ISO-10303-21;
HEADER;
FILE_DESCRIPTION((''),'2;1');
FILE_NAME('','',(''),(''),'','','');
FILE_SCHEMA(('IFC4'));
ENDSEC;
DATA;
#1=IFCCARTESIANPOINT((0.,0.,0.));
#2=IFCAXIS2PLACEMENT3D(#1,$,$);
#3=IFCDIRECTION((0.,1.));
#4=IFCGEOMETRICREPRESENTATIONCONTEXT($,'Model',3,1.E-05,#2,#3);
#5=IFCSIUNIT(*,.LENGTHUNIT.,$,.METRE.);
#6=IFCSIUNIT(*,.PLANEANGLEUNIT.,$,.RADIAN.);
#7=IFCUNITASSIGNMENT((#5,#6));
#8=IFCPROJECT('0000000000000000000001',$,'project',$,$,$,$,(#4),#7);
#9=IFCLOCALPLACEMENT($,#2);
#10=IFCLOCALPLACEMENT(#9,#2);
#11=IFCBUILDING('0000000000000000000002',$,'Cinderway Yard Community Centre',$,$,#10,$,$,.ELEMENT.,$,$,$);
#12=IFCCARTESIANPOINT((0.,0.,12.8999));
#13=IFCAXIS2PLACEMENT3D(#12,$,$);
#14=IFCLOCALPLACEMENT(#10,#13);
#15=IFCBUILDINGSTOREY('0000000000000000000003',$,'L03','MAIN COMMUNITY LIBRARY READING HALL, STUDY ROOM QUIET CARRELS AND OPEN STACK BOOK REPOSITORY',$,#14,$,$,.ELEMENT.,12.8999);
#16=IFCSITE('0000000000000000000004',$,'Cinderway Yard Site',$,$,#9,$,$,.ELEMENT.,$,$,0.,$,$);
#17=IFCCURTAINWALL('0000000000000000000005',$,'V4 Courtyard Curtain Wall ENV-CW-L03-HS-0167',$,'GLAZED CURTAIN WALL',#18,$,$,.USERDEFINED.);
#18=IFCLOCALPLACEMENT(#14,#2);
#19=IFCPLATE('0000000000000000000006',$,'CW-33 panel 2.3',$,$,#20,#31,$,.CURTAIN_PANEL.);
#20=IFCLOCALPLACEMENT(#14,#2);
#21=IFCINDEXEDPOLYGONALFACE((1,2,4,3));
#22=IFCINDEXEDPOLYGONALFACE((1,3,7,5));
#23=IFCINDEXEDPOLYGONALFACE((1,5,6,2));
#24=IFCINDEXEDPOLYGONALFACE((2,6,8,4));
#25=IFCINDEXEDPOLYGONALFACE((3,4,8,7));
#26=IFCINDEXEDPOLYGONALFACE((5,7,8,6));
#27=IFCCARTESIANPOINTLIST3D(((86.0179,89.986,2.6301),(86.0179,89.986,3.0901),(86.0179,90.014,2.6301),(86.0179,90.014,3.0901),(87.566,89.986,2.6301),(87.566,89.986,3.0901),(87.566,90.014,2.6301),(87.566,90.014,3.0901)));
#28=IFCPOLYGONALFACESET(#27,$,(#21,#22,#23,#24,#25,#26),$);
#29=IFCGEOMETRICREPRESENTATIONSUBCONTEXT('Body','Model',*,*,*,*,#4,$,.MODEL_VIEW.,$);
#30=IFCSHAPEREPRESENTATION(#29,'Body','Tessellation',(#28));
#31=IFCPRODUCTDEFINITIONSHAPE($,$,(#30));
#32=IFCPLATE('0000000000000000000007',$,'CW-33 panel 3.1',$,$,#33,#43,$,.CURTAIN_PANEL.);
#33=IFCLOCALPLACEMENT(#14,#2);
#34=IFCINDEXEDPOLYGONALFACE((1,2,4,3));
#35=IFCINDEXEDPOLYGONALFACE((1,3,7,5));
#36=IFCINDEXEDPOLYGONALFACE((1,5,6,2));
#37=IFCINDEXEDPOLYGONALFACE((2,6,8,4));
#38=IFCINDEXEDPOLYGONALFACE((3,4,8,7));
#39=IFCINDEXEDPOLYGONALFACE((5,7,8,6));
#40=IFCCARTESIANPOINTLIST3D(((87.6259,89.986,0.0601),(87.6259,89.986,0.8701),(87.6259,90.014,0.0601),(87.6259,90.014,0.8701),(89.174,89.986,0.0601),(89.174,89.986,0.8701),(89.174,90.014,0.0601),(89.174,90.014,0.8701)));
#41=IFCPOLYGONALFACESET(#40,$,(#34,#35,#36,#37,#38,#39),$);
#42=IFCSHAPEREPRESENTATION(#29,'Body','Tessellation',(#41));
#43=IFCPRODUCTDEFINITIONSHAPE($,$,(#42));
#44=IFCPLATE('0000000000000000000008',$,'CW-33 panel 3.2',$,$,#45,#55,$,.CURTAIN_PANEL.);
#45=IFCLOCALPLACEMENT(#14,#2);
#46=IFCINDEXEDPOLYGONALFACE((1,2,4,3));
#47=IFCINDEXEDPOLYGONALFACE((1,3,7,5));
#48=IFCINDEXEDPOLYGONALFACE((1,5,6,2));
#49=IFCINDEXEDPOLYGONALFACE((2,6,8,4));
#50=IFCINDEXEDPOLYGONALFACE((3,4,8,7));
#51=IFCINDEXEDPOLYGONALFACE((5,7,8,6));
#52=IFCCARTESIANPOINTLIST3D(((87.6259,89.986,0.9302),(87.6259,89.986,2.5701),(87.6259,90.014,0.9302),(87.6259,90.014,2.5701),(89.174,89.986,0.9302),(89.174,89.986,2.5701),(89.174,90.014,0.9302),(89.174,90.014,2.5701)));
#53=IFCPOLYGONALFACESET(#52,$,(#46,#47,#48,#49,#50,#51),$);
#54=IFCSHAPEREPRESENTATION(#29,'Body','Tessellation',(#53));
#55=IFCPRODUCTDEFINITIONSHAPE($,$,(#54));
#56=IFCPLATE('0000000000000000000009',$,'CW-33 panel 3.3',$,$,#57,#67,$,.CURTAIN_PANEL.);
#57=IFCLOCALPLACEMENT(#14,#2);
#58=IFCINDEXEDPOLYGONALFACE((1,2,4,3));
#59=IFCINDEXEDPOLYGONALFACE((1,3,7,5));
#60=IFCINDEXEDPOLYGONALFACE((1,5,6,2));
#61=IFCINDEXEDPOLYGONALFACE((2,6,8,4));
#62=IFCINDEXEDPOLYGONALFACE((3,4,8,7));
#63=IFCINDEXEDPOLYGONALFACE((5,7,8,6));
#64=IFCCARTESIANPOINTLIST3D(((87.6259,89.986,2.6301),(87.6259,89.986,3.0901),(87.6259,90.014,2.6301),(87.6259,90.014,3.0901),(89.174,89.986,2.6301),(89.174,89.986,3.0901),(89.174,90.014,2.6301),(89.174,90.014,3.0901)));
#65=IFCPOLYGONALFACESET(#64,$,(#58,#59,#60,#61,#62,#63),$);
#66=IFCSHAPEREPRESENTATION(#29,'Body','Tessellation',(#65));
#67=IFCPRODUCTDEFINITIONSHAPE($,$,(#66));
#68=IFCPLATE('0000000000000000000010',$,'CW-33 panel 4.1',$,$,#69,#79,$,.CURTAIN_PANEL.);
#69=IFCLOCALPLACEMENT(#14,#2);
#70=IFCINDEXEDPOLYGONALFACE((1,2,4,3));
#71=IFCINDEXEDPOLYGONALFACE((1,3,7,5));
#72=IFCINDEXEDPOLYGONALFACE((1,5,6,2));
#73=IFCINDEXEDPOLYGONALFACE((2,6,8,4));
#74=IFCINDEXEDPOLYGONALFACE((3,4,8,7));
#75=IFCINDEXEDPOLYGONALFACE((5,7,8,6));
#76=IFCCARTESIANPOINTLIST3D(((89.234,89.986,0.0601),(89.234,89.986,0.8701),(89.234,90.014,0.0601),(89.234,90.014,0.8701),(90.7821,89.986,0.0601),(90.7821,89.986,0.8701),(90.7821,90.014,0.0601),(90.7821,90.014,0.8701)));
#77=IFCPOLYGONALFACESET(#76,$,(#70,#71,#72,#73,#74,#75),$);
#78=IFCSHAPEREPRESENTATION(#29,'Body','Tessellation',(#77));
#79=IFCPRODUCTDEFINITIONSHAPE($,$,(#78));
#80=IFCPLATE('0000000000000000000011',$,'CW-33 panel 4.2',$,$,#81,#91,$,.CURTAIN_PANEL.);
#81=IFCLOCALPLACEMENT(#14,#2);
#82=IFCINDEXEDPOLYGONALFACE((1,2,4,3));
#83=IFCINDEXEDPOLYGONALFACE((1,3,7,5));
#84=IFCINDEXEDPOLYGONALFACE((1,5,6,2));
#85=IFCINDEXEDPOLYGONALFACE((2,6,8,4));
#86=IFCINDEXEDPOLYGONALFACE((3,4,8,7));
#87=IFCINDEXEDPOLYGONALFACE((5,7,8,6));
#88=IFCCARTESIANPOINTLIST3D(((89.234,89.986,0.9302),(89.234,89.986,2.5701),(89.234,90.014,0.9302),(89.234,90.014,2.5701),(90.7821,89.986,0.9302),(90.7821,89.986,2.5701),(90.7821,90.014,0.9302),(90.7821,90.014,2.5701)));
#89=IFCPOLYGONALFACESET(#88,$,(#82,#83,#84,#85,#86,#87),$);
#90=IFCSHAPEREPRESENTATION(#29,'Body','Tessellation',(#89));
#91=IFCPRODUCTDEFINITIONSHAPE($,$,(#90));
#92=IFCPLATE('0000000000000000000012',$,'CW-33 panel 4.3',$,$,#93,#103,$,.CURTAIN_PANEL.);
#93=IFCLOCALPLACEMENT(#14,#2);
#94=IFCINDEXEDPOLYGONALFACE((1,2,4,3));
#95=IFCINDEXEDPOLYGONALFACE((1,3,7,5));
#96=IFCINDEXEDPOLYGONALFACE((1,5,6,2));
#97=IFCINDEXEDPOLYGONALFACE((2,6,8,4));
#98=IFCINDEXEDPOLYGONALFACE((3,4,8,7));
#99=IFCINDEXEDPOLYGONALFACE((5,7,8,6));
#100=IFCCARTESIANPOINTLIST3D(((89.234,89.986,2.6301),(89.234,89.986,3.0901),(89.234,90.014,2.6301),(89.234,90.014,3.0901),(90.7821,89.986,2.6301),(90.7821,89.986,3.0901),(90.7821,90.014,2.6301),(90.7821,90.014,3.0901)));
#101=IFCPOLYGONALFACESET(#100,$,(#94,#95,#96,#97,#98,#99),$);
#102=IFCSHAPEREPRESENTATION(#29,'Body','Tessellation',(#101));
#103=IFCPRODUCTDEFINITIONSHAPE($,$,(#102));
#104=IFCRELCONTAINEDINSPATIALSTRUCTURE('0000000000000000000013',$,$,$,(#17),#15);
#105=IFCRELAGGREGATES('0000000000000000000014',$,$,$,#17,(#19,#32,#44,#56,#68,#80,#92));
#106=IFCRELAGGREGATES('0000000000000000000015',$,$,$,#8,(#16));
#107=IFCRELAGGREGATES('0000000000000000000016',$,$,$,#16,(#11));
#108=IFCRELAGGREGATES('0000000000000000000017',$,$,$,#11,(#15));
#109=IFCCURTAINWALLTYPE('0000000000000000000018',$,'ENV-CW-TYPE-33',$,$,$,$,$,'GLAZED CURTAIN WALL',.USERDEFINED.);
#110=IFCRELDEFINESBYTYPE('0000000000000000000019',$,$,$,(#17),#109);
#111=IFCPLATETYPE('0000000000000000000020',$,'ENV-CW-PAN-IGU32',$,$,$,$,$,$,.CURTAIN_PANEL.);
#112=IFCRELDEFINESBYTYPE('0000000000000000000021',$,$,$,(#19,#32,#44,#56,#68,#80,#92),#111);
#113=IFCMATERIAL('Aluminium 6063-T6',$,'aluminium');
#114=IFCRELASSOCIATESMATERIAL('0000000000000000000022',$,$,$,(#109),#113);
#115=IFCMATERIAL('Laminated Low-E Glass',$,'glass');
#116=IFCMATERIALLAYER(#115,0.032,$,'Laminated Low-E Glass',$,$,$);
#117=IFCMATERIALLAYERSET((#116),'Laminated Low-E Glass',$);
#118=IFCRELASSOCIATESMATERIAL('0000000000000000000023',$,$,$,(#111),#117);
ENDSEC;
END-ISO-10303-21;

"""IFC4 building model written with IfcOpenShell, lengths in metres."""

from ifc_helpers import new_model, si_unit, direction, frame, origin, origin_2d, place, context, subcontext, project, spatial, rectangle, extrude, material, layer, layer_set, type_object, element, aggregate, save


model = new_model("IFC4")

# Units and contexts
model_context = context("Model", 3, precision=1e-05, world=origin(), true_north=direction((0.0, 1.0)))
body_context = subcontext(model_context, "Body", "Model", "MODEL_VIEW")
ifc_project = project(units=[si_unit("LENGTHUNIT", "METRE"), si_unit("PLANEANGLEUNIT", "RADIAN")], contexts=[model_context])

# Site, building, storey
site_placement = place(None, origin())
site = spatial("IfcSite", under=ifc_project, at=site_placement, Name="Cinderway Yard Site", CompositionType="ELEMENT", RefElevation=0.0)
building_placement = place(site_placement, origin())
building = spatial("IfcBuilding", under=site, at=building_placement, Name="Cinderway Yard Community Centre", CompositionType="ELEMENT")
storey_placement = place(building_placement, frame((0.0, 0.0, 12.8999)))
storey = spatial("IfcBuildingStorey", under=building, at=storey_placement, Name="L03", Description="MAIN COMMUNITY LIBRARY READING HALL, STUDY ROOM QUIET CARRELS AND OPEN STACK BOOK REPOSITORY", CompositionType="ELEMENT", Elevation=12.8999)

# Curtain wall, plates
ifc_material_1 = material(Name="Aluminium 6063-T6", Category="aluminium")
curtain_wall_type = type_object("IfcCurtainWallType", Name="ENV-CW-TYPE-33", ElementType="GLAZED CURTAIN WALL", PredefinedType="USERDEFINED", material=ifc_material_1)
curtain_wall_placement = place(storey_placement, origin())
curtain_wall = element("IfcCurtainWall", 1, at=curtain_wall_placement, inside=storey, type_object=curtain_wall_type, Name="V4 Courtyard Curtain Wall ENV-CW-L03-HS-0167", ObjectType="GLAZED CURTAIN WALL", PredefinedType="USERDEFINED")
ifc_material_2 = material(Name="Laminated Low-E Glass", Category="glass")
ifc_layer = layer(ifc_material_2, 0.032, Name="Laminated Low-E Glass")
ifc_layer_set = layer_set([ifc_layer], Name="Laminated Low-E Glass")
plate_type = type_object("IfcPlateType", Name="ENV-CW-PAN-IGU32", PredefinedType="CURTAIN_PANEL", material=ifc_layer_set)
plate_1_placement = place(storey_placement, frame((86.792, 90.0, 2.6301), z_axis=(0.0, 0.0, 1.0), x_axis=(1.0, 0.0, 0.0)))
plate_1 = element("IfcPlate", 2, at=plate_1_placement, type_object=plate_type, Name="CW-33 panel 2.3", PredefinedType="CURTAIN_PANEL", context=body_context, shape_type="SweptSolid", body=[
    extrude(rectangle(XDim=1.5481, YDim=0.0281, at=origin_2d()), origin(), (0.0, 0.0, 1.0), 0.46),
])
plate_2_placement = place(storey_placement, frame((88.3999, 90.0, 0.0601), z_axis=(0.0, 0.0, 1.0), x_axis=(1.0, 0.0, 0.0)))
plate_2 = element("IfcPlate", 3, at=plate_2_placement, type_object=plate_type, Name="CW-33 panel 3.1", PredefinedType="CURTAIN_PANEL", context=body_context, shape_type="SweptSolid", body=[
    extrude(rectangle(XDim=1.5481, YDim=0.0281, at=origin_2d()), origin(), (0.0, 0.0, 1.0), 0.8101),
])
plate_3_placement = place(storey_placement, frame((88.3999, 90.0, 0.9302), z_axis=(0.0, 0.0, 1.0), x_axis=(1.0, 0.0, 0.0)))
plate_3 = element("IfcPlate", 4, at=plate_3_placement, type_object=plate_type, Name="CW-33 panel 3.2", PredefinedType="CURTAIN_PANEL", context=body_context, shape_type="SweptSolid", body=[
    extrude(rectangle(XDim=1.5481, YDim=0.0281, at=origin_2d()), origin(), (0.0, 0.0, 1.0), 1.6399),
])
plate_4_placement = place(storey_placement, frame((88.3999, 90.0, 2.6301), z_axis=(0.0, 0.0, 1.0), x_axis=(1.0, 0.0, 0.0)))
plate_4 = element("IfcPlate", 5, at=plate_4_placement, type_object=plate_type, Name="CW-33 panel 3.3", PredefinedType="CURTAIN_PANEL", context=body_context, shape_type="SweptSolid", body=[
    extrude(rectangle(XDim=1.5481, YDim=0.0281, at=origin_2d()), origin(), (0.0, 0.0, 1.0), 0.46),
])
plate_5_placement = place(storey_placement, frame((90.0081, 90.0, 0.0601), z_axis=(0.0, 0.0, 1.0), x_axis=(1.0, 0.0, 0.0)))
plate_5 = element("IfcPlate", 6, at=plate_5_placement, type_object=plate_type, Name="CW-33 panel 4.1", PredefinedType="CURTAIN_PANEL", context=body_context, shape_type="SweptSolid", body=[
    extrude(rectangle(XDim=1.5481, YDim=0.0281, at=origin_2d()), origin(), (0.0, 0.0, 1.0), 0.8101),
])
plate_6_placement = place(storey_placement, frame((90.0081, 90.0, 0.9302), z_axis=(0.0, 0.0, 1.0), x_axis=(1.0, 0.0, 0.0)))
plate_6 = element("IfcPlate", 7, at=plate_6_placement, type_object=plate_type, Name="CW-33 panel 4.2", PredefinedType="CURTAIN_PANEL", context=body_context, shape_type="SweptSolid", body=[
    extrude(rectangle(XDim=1.5481, YDim=0.0281, at=origin_2d()), origin(), (0.0, 0.0, 1.0), 1.6399),
])
plate_7_placement = place(storey_placement, frame((90.0081, 90.0, 2.6301), z_axis=(0.0, 0.0, 1.0), x_axis=(1.0, 0.0, 0.0)))
plate_7 = element("IfcPlate", 8, at=plate_7_placement, type_object=plate_type, Name="CW-33 panel 4.3", PredefinedType="CURTAIN_PANEL", context=body_context, shape_type="SweptSolid", body=[
    extrude(rectangle(XDim=1.5481, YDim=0.0281, at=origin_2d()), origin(), (0.0, 0.0, 1.0), 0.46),
])
aggregate(curtain_wall, [plate_1, plate_2, plate_3, plate_4, plate_5, plate_6, plate_7])

save(model, "model.ifc")
